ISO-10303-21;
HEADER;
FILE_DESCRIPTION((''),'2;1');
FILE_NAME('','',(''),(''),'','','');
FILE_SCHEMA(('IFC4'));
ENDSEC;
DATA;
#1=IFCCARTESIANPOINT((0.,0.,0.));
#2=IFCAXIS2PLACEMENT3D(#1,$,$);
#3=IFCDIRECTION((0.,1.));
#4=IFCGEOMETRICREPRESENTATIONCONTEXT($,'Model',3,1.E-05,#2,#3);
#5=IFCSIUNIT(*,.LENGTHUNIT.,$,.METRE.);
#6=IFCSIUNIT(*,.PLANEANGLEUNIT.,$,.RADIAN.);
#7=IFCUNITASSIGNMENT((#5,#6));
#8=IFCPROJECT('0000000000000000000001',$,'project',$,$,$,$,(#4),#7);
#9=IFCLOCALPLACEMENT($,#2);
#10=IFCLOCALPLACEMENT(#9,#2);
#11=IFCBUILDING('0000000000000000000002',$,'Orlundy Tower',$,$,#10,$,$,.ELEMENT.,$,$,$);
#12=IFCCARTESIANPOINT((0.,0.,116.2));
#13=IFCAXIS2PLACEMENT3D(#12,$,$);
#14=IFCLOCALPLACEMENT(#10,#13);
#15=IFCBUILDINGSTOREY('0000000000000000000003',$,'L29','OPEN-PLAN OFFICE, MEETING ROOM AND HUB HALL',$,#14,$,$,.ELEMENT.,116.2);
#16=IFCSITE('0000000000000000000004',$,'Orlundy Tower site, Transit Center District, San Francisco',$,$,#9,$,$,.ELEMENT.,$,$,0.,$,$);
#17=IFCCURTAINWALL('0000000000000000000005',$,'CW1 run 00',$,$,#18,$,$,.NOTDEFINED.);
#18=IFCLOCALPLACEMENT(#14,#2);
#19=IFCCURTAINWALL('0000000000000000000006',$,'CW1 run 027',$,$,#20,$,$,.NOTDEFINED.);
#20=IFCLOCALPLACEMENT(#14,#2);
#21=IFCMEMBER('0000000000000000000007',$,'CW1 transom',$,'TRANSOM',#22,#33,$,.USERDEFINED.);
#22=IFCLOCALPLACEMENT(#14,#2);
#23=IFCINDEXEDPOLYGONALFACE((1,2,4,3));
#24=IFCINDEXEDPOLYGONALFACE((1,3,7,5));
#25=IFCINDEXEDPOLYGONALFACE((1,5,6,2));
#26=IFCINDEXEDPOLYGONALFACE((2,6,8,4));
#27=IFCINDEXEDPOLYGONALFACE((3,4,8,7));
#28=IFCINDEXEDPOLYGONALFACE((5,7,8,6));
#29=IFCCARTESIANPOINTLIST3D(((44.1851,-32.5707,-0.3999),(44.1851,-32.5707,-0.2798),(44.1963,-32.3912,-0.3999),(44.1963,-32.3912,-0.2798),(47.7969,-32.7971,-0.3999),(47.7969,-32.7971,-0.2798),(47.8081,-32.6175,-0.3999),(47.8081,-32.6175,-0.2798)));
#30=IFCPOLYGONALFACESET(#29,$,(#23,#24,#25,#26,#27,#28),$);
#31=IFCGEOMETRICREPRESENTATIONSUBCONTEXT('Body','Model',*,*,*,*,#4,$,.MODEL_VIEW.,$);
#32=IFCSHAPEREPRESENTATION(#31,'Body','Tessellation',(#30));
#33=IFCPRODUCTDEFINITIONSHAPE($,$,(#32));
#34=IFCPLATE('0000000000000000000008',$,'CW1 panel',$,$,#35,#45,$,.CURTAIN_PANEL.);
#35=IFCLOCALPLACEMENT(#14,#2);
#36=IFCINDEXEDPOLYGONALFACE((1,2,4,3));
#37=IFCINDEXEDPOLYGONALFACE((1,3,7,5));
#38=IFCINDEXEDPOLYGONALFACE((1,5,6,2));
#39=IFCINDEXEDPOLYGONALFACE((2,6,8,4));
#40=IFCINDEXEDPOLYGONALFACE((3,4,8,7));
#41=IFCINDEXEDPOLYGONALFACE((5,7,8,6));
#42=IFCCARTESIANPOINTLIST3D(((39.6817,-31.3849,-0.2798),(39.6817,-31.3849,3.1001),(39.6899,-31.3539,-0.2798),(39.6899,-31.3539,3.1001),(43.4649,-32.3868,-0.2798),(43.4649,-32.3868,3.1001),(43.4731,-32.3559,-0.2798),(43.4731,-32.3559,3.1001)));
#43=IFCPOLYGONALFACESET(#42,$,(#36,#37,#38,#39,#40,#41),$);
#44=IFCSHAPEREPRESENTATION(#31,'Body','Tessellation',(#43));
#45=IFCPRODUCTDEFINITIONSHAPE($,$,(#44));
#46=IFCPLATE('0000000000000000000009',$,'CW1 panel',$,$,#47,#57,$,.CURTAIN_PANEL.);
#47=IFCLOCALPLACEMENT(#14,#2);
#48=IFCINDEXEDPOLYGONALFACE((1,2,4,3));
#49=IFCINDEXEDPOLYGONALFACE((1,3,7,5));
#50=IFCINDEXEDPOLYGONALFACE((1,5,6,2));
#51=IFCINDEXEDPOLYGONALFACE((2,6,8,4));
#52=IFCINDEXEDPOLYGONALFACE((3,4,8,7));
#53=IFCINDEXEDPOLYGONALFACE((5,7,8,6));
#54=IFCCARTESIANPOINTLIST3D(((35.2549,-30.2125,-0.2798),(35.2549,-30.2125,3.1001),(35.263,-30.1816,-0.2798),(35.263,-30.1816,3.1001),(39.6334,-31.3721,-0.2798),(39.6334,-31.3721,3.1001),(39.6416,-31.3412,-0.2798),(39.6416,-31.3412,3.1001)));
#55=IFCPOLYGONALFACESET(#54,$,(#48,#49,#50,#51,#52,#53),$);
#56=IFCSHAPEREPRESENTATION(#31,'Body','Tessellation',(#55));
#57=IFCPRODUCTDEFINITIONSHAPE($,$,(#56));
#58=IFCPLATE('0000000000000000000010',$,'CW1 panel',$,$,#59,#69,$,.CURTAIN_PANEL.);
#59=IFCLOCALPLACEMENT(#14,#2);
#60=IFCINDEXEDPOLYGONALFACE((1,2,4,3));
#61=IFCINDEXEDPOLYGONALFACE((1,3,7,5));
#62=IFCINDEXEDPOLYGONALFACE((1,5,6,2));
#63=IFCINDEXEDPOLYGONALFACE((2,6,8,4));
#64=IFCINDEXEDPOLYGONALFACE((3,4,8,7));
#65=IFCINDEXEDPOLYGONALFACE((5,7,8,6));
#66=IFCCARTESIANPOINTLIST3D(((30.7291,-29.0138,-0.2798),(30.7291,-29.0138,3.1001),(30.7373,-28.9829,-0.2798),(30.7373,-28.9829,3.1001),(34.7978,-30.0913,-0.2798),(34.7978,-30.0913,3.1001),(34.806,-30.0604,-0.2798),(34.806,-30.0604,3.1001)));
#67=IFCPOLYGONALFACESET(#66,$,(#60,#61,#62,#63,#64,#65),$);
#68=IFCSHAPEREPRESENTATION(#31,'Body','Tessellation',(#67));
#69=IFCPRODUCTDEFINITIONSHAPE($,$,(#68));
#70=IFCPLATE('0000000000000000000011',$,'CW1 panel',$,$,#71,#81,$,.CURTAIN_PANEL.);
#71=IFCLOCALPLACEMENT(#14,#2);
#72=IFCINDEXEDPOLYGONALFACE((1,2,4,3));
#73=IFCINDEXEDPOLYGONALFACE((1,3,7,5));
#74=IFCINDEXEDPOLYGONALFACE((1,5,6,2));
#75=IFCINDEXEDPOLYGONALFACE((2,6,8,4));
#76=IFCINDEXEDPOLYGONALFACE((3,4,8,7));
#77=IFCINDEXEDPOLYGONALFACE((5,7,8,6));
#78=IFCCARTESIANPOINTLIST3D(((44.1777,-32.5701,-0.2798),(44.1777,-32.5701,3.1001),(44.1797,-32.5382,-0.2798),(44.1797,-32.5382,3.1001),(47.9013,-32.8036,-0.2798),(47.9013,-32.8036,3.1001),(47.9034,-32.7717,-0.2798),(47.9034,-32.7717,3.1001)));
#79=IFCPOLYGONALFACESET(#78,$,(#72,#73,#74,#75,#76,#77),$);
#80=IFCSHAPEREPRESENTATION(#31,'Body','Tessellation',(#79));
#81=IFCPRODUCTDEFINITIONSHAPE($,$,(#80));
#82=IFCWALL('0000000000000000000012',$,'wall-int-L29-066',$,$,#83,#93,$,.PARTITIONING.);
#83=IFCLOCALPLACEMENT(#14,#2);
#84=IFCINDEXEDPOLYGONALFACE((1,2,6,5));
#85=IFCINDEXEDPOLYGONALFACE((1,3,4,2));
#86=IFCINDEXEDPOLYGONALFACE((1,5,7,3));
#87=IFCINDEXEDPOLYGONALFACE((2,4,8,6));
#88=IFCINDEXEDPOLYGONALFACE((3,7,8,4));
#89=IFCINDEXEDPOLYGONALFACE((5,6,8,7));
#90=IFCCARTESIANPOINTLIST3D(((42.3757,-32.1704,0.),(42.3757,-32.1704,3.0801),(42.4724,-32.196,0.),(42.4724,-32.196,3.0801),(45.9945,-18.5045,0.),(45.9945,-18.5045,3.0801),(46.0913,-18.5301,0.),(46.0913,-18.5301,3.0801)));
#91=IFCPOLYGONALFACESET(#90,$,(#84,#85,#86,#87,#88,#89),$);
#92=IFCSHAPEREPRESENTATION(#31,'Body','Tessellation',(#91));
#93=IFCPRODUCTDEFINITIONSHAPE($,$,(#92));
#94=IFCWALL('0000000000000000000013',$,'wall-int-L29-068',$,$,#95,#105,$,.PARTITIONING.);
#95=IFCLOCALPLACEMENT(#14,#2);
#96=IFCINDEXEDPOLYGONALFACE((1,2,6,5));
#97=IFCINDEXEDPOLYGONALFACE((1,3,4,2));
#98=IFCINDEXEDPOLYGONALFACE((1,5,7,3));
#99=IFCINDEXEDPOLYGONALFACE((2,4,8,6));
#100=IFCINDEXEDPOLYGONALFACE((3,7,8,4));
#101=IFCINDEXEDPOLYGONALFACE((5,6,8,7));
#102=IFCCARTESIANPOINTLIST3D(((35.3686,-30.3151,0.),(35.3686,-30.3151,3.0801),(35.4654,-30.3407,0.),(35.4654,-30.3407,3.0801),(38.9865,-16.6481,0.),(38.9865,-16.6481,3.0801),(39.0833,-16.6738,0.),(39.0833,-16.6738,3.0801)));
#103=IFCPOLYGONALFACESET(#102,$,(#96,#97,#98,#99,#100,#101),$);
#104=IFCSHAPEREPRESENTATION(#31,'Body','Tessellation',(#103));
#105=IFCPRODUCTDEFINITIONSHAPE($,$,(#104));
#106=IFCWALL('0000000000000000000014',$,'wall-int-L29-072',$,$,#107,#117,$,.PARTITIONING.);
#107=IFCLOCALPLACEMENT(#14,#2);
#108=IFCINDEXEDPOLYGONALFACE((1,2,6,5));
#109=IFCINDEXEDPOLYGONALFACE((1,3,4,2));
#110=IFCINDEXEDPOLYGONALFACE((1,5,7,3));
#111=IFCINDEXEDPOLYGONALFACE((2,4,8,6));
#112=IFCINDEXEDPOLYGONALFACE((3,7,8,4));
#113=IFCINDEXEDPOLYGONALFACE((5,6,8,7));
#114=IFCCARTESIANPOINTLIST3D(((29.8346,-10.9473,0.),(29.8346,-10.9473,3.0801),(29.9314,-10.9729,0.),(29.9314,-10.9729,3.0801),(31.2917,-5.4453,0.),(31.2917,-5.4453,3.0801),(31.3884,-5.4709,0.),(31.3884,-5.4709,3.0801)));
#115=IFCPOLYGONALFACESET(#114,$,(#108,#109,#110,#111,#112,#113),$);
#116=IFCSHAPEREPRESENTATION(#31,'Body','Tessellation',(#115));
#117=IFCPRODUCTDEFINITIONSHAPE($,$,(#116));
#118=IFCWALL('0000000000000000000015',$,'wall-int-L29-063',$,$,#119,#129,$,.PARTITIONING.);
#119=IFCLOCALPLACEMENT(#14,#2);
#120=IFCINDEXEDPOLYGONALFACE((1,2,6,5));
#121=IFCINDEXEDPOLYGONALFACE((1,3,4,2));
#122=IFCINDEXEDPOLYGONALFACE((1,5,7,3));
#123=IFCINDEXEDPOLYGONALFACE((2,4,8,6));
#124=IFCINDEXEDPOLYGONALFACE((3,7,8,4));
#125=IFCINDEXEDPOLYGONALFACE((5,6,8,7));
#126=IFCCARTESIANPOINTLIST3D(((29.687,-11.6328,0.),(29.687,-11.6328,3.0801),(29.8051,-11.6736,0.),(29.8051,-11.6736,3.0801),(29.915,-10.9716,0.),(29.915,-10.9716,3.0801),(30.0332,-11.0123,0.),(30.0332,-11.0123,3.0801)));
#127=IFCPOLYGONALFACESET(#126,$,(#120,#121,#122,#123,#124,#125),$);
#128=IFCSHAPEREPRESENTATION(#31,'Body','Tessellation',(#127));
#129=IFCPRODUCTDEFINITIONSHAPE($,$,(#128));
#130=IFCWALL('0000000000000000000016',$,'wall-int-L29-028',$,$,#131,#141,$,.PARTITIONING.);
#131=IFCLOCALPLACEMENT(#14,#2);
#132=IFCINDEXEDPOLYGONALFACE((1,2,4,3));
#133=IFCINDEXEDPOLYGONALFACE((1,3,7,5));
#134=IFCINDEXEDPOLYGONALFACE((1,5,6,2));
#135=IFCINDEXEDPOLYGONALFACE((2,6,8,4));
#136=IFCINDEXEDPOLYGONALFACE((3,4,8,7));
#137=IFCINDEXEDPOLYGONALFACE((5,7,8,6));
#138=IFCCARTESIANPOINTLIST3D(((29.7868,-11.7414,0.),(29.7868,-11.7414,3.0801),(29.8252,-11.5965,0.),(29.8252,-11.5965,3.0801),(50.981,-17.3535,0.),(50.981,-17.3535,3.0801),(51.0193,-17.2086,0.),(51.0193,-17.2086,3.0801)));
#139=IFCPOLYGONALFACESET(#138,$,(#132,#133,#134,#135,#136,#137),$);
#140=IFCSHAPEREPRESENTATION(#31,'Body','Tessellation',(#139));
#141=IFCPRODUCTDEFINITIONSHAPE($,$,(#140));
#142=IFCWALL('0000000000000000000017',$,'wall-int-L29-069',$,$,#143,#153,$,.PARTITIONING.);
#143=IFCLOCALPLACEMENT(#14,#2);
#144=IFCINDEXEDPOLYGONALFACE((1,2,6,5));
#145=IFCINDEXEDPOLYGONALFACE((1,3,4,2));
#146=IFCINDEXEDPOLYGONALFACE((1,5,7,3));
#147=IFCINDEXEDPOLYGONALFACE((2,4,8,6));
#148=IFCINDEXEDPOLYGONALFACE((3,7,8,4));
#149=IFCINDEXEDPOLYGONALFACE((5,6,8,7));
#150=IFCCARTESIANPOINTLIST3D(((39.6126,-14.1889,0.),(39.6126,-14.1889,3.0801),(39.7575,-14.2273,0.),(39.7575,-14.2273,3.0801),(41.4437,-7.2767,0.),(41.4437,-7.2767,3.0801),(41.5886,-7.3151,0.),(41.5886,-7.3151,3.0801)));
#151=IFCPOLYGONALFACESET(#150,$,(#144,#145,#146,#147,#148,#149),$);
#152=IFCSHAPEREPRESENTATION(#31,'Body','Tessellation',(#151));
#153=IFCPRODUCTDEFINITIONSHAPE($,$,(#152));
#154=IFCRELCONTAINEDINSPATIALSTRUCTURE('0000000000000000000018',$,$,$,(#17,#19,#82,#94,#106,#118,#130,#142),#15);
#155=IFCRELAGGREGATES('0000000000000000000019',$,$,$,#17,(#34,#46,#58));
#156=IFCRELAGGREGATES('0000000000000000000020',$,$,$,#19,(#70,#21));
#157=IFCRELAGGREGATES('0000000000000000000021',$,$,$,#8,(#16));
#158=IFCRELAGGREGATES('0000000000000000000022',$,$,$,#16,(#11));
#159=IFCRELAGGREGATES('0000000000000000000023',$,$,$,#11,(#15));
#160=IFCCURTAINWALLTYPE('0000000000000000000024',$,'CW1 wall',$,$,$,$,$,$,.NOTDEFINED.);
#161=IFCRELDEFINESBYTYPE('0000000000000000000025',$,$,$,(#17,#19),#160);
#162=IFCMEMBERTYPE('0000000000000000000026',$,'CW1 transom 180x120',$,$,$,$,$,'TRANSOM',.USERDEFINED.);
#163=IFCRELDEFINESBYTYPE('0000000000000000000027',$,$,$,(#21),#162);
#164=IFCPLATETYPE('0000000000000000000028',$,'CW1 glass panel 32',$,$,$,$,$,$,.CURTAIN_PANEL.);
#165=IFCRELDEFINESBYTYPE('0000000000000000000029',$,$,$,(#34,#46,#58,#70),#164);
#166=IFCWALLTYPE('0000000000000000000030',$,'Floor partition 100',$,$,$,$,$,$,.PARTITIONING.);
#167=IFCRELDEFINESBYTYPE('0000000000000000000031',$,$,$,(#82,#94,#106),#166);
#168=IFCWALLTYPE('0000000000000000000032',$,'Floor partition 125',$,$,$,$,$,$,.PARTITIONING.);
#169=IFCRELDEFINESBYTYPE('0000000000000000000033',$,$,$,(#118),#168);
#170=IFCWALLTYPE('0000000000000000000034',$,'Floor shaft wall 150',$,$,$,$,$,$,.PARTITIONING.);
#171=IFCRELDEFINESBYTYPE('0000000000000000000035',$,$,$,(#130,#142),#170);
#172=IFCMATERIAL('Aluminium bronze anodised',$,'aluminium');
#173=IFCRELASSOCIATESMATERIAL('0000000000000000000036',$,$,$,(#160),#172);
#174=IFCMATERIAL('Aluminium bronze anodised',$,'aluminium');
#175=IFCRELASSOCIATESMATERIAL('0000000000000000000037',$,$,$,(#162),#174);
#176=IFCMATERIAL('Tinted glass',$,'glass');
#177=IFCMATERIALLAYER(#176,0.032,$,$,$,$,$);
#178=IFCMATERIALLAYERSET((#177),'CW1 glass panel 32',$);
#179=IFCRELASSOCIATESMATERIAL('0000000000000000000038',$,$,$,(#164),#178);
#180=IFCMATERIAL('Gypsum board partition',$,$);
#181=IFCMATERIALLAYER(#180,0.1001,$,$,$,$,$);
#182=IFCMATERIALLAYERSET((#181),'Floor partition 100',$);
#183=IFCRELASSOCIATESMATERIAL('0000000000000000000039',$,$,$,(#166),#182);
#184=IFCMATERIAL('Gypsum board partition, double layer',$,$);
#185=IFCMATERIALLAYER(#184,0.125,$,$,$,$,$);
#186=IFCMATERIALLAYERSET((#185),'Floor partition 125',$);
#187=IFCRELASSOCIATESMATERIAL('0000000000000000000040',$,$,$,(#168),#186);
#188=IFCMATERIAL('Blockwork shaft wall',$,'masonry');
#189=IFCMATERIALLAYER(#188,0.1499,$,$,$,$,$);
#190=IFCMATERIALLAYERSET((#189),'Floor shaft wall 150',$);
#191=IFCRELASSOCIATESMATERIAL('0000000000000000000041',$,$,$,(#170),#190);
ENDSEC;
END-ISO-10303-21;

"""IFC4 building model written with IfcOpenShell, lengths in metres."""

from ifc_helpers import new_model, si_unit, direction, frame, frame_2d, origin, origin_2d, place, context, subcontext, project, spatial, rectangle, extrude, material, layer, layer_set, material_profile, profile_set, type_object, element, aggregate, save


model = new_model("IFC4")

# Units and contexts
model_context = context("Model", 3, precision=1e-05, world=origin(), true_north=direction((0.0, 1.0)))
body_context = subcontext(model_context, "Body", "Model", "MODEL_VIEW")
ifc_project = project(units=[si_unit("LENGTHUNIT", "METRE"), si_unit("PLANEANGLEUNIT", "RADIAN")], contexts=[model_context])

# Site, building, storey
site_placement = place(None, origin())
site = spatial("IfcSite", under=ifc_project, at=site_placement, Name="Orlundy Tower site, Transit Center District, San Francisco", CompositionType="ELEMENT", RefElevation=0.0)
building_placement = place(site_placement, origin())
building = spatial("IfcBuilding", under=site, at=building_placement, Name="Orlundy Tower", CompositionType="ELEMENT")
storey_placement = place(building_placement, frame((0.0, 0.0, 116.2)))
storey = spatial("IfcBuildingStorey", under=building, at=storey_placement, Name="L29", Description="OPEN-PLAN OFFICE, MEETING ROOM AND HUB HALL", CompositionType="ELEMENT", Elevation=116.2)

# Curtain wall
ifc_material_1 = material(Name="Aluminium bronze anodised", Category="aluminium")
curtain_wall_type = type_object("IfcCurtainWallType", Name="CW1 wall", PredefinedType="NOTDEFINED", material=ifc_material_1)
curtain_wall_1_placement = place(storey_placement, origin())
curtain_wall_1 = element("IfcCurtainWall", 1, at=curtain_wall_1_placement, inside=storey, type_object=curtain_wall_type, Name="CW1 run 00", PredefinedType="NOTDEFINED")
ifc_material_2 = material(Name="Aluminium bronze anodised", Category="aluminium")
ifc_material_profile_1 = material_profile(ifc_material_2, rectangle(XDim=0.1799, YDim=0.1201, at=origin_2d()), Name="CW1 transom 180x120")
ifc_profile_set_1 = profile_set([ifc_material_profile_1], Name="Aluminium bronze anodised")
member_type_1 = type_object("IfcMemberType", Name="CW1 transom 180x120", ElementType="TRANSOM", PredefinedType="USERDEFINED", material=ifc_profile_set_1)

# Curtain wall, member
curtain_wall_2_placement = place(storey_placement, origin())
curtain_wall_2 = element("IfcCurtainWall", 2, at=curtain_wall_2_placement, inside=storey, type_object=curtain_wall_type, Name="CW1 run 027", PredefinedType="NOTDEFINED")
member_1_placement = place(storey_placement, frame((47.8025, -32.7073, -0.3398), z_axis=(-0.998043, 0.062538, 0.0), x_axis=(-0.062538, -0.998043, 0.0)))
member_1 = element("IfcMember", 3, at=member_1_placement, type_object=member_type_1, Name="CW1 transom", ObjectType="TRANSOM", PredefinedType="USERDEFINED", context=body_context, shape_type="SweptSolid", body=[
    extrude(rectangle(XDim=0.1799, YDim=0.1201, at=origin_2d()), origin(), (0.0, 0.0, 1.0), 3.6189),
])

# Plates
ifc_material_3 = material(Name="Tinted glass", Category="glass")
ifc_layer_1 = layer(ifc_material_3, 0.032)
ifc_layer_set_1 = layer_set([ifc_layer_1], Name="CW1 glass panel 32")
plate_type = type_object("IfcPlateType", Name="CW1 glass panel 32", PredefinedType="CURTAIN_PANEL", material=ifc_layer_set_1)
plate_1_placement = place(storey_placement, frame((41.5774, -31.8704, -0.2798), z_axis=(0.0, 0.0, 1.0), x_axis=(-0.966674, 0.256011, 0.0)))
plate_1 = element("IfcPlate", 4, at=plate_1_placement, type_object=plate_type, Name="CW1 panel", PredefinedType="CURTAIN_PANEL", context=body_context, shape_type="SweptSolid", body=[
    extrude(rectangle(XDim=3.9136, YDim=0.032, at=origin_2d()), origin(), (0.0, 0.0, 1.0), 3.3799),
])
plate_2_placement = place(storey_placement, frame((37.4482, -30.7769, -0.2798), z_axis=(0.0, 0.0, 1.0), x_axis=(-0.966674, 0.256011, 0.0)))
plate_2 = element("IfcPlate", 5, at=plate_2_placement, type_object=plate_type, Name="CW1 panel", PredefinedType="CURTAIN_PANEL", context=body_context, shape_type="SweptSolid", body=[
    extrude(rectangle(XDim=4.5295, YDim=0.032, at=origin_2d()), origin(), (0.0, 0.0, 1.0), 3.3799),
])
plate_3_placement = place(storey_placement, frame((32.7676, -29.5371, -0.2798), z_axis=(0.0, 0.0, 1.0), x_axis=(-0.966674, 0.256011, 0.0)))
plate_3 = element("IfcPlate", 6, at=plate_3_placement, type_object=plate_type, Name="CW1 panel", PredefinedType="CURTAIN_PANEL", context=body_context, shape_type="SweptSolid", body=[
    extrude(rectangle(XDim=4.209, YDim=0.032, at=origin_2d()), origin(), (0.0, 0.0, 1.0), 3.3799),
])
aggregate(curtain_wall_1, [plate_1, plate_2, plate_3])
plate_4_placement = place(storey_placement, frame((46.0405, -32.6709, -0.2798), z_axis=(0.0, 0.0, 1.0), x_axis=(-0.99804, 0.06258, 0.0)))
plate_4 = element("IfcPlate", 7, at=plate_4_placement, type_object=plate_type, Name="CW1 panel", PredefinedType="CURTAIN_PANEL", context=body_context, shape_type="SweptSolid", body=[
    extrude(rectangle(XDim=3.731, YDim=0.032, at=origin_2d()), origin(), (0.0, 0.0, 1.0), 3.3799),
])
aggregate(curtain_wall_2, [plate_4, member_1])

# Walls
ifc_material_4 = material(Name="Gypsum board partition")
ifc_layer_2 = layer(ifc_material_4, 0.1001)
ifc_layer_set_2 = layer_set([ifc_layer_2], Name="Floor partition 100")
wall_type_1 = type_object("IfcWallType", Name="Floor partition 100", PredefinedType="PARTITIONING", material=ifc_layer_set_2)
wall_1_placement = place(storey_placement, frame((42.4241, -32.1831, 0.0), z_axis=(0.0, 0.0, 1.0), x_axis=(0.255987, 0.96668, 0.0)))
element("IfcWall", 8, at=wall_1_placement, inside=storey, type_object=wall_type_1, Name="wall-int-L29-066", PredefinedType="PARTITIONING", context=body_context, shape_type="SweptSolid", body=[
    extrude(rectangle(XDim=14.137, YDim=0.1001, at=frame_2d((7.0684, 0.0))), origin(), (0.0, 0.0, 1.0), 3.0801),
])
wall_2_placement = place(storey_placement, frame((35.417, -30.3279, 0.0), z_axis=(0.0, 0.0, 1.0), x_axis=(0.255905, 0.966702, 0.0)))
element("IfcWall", 9, at=wall_2_placement, inside=storey, type_object=wall_type_1, Name="wall-int-L29-068", PredefinedType="PARTITIONING", context=body_context, shape_type="SweptSolid", body=[
    extrude(rectangle(XDim=14.1377, YDim=0.1001, at=frame_2d((7.0688, 0.0))), origin(), (0.0, 0.0, 1.0), 3.0801),
])
wall_3_placement = place(storey_placement, frame((29.8831, -10.96, 0.0), z_axis=(0.0, 0.0, 1.0), x_axis=(0.255996, 0.966678, 0.0)))
element("IfcWall", 10, at=wall_3_placement, inside=storey, type_object=wall_type_1, Name="wall-int-L29-072", PredefinedType="PARTITIONING", context=body_context, shape_type="SweptSolid", body=[
    extrude(rectangle(XDim=5.6917, YDim=0.1001, at=frame_2d((2.8457, 0.0))), origin(), (0.0, 0.0, 1.0), 3.0801),
])
ifc_material_5 = material(Name="Gypsum board partition, double layer")
ifc_layer_3 = layer(ifc_material_5, 0.125)
ifc_layer_set_3 = layer_set([ifc_layer_3], Name="Floor partition 125")
wall_type_2 = type_object("IfcWallType", Name="Floor partition 125", PredefinedType="PARTITIONING", material=ifc_layer_set_3)
wall_4_placement = place(storey_placement, frame((29.7461, -11.6531, 0.0), z_axis=(0.0, 0.0, 1.0), x_axis=(0.326055, 0.945351, 0.0)))
element("IfcWall", 11, at=wall_4_placement, inside=storey, type_object=wall_type_2, Name="wall-int-L29-063", PredefinedType="PARTITIONING", context=body_context, shape_type="SweptSolid", body=[
    extrude(rectangle(XDim=0.6995, YDim=0.125, at=frame_2d((0.3496, 0.0))), origin(), (0.0, 0.0, 1.0), 3.0801),
])
ifc_material_6 = material(Name="Blockwork shaft wall", Category="masonry")
ifc_layer_4 = layer(ifc_material_6, 0.1499)
ifc_layer_set_4 = layer_set([ifc_layer_4], Name="Floor shaft wall 150")
wall_type_3 = type_object("IfcWallType", Name="Floor shaft wall 150", PredefinedType="PARTITIONING", material=ifc_layer_set_4)
wall_5_placement = place(storey_placement, frame((29.8059, -11.6689, 0.0), z_axis=(0.0, 0.0, 1.0), x_axis=(0.966684, -0.255972, 0.0)))
element("IfcWall", 12, at=wall_5_placement, inside=storey, type_object=wall_type_3, Name="wall-int-L29-028", PredefinedType="PARTITIONING", context=body_context, shape_type="SweptSolid", body=[
    extrude(rectangle(XDim=21.9246, YDim=0.1499, at=frame_2d((10.9624, 0.0))), origin(), (0.0, 0.0, 1.0), 3.0801),
])
wall_6_placement = place(storey_placement, frame((39.6851, -14.208, 0.0), z_axis=(0.0, 0.0, 1.0), x_axis=(0.256073, 0.966658, 0.0)))
element("IfcWall", 13, at=wall_6_placement, inside=storey, type_object=wall_type_3, Name="wall-int-L29-069", PredefinedType="PARTITIONING", context=body_context, shape_type="SweptSolid", body=[
    extrude(rectangle(XDim=7.1506, YDim=0.1499, at=frame_2d((3.5752, 0.0))), origin(), (0.0, 0.0, 1.0), 3.0801),
])

save(model, "model.ifc")
